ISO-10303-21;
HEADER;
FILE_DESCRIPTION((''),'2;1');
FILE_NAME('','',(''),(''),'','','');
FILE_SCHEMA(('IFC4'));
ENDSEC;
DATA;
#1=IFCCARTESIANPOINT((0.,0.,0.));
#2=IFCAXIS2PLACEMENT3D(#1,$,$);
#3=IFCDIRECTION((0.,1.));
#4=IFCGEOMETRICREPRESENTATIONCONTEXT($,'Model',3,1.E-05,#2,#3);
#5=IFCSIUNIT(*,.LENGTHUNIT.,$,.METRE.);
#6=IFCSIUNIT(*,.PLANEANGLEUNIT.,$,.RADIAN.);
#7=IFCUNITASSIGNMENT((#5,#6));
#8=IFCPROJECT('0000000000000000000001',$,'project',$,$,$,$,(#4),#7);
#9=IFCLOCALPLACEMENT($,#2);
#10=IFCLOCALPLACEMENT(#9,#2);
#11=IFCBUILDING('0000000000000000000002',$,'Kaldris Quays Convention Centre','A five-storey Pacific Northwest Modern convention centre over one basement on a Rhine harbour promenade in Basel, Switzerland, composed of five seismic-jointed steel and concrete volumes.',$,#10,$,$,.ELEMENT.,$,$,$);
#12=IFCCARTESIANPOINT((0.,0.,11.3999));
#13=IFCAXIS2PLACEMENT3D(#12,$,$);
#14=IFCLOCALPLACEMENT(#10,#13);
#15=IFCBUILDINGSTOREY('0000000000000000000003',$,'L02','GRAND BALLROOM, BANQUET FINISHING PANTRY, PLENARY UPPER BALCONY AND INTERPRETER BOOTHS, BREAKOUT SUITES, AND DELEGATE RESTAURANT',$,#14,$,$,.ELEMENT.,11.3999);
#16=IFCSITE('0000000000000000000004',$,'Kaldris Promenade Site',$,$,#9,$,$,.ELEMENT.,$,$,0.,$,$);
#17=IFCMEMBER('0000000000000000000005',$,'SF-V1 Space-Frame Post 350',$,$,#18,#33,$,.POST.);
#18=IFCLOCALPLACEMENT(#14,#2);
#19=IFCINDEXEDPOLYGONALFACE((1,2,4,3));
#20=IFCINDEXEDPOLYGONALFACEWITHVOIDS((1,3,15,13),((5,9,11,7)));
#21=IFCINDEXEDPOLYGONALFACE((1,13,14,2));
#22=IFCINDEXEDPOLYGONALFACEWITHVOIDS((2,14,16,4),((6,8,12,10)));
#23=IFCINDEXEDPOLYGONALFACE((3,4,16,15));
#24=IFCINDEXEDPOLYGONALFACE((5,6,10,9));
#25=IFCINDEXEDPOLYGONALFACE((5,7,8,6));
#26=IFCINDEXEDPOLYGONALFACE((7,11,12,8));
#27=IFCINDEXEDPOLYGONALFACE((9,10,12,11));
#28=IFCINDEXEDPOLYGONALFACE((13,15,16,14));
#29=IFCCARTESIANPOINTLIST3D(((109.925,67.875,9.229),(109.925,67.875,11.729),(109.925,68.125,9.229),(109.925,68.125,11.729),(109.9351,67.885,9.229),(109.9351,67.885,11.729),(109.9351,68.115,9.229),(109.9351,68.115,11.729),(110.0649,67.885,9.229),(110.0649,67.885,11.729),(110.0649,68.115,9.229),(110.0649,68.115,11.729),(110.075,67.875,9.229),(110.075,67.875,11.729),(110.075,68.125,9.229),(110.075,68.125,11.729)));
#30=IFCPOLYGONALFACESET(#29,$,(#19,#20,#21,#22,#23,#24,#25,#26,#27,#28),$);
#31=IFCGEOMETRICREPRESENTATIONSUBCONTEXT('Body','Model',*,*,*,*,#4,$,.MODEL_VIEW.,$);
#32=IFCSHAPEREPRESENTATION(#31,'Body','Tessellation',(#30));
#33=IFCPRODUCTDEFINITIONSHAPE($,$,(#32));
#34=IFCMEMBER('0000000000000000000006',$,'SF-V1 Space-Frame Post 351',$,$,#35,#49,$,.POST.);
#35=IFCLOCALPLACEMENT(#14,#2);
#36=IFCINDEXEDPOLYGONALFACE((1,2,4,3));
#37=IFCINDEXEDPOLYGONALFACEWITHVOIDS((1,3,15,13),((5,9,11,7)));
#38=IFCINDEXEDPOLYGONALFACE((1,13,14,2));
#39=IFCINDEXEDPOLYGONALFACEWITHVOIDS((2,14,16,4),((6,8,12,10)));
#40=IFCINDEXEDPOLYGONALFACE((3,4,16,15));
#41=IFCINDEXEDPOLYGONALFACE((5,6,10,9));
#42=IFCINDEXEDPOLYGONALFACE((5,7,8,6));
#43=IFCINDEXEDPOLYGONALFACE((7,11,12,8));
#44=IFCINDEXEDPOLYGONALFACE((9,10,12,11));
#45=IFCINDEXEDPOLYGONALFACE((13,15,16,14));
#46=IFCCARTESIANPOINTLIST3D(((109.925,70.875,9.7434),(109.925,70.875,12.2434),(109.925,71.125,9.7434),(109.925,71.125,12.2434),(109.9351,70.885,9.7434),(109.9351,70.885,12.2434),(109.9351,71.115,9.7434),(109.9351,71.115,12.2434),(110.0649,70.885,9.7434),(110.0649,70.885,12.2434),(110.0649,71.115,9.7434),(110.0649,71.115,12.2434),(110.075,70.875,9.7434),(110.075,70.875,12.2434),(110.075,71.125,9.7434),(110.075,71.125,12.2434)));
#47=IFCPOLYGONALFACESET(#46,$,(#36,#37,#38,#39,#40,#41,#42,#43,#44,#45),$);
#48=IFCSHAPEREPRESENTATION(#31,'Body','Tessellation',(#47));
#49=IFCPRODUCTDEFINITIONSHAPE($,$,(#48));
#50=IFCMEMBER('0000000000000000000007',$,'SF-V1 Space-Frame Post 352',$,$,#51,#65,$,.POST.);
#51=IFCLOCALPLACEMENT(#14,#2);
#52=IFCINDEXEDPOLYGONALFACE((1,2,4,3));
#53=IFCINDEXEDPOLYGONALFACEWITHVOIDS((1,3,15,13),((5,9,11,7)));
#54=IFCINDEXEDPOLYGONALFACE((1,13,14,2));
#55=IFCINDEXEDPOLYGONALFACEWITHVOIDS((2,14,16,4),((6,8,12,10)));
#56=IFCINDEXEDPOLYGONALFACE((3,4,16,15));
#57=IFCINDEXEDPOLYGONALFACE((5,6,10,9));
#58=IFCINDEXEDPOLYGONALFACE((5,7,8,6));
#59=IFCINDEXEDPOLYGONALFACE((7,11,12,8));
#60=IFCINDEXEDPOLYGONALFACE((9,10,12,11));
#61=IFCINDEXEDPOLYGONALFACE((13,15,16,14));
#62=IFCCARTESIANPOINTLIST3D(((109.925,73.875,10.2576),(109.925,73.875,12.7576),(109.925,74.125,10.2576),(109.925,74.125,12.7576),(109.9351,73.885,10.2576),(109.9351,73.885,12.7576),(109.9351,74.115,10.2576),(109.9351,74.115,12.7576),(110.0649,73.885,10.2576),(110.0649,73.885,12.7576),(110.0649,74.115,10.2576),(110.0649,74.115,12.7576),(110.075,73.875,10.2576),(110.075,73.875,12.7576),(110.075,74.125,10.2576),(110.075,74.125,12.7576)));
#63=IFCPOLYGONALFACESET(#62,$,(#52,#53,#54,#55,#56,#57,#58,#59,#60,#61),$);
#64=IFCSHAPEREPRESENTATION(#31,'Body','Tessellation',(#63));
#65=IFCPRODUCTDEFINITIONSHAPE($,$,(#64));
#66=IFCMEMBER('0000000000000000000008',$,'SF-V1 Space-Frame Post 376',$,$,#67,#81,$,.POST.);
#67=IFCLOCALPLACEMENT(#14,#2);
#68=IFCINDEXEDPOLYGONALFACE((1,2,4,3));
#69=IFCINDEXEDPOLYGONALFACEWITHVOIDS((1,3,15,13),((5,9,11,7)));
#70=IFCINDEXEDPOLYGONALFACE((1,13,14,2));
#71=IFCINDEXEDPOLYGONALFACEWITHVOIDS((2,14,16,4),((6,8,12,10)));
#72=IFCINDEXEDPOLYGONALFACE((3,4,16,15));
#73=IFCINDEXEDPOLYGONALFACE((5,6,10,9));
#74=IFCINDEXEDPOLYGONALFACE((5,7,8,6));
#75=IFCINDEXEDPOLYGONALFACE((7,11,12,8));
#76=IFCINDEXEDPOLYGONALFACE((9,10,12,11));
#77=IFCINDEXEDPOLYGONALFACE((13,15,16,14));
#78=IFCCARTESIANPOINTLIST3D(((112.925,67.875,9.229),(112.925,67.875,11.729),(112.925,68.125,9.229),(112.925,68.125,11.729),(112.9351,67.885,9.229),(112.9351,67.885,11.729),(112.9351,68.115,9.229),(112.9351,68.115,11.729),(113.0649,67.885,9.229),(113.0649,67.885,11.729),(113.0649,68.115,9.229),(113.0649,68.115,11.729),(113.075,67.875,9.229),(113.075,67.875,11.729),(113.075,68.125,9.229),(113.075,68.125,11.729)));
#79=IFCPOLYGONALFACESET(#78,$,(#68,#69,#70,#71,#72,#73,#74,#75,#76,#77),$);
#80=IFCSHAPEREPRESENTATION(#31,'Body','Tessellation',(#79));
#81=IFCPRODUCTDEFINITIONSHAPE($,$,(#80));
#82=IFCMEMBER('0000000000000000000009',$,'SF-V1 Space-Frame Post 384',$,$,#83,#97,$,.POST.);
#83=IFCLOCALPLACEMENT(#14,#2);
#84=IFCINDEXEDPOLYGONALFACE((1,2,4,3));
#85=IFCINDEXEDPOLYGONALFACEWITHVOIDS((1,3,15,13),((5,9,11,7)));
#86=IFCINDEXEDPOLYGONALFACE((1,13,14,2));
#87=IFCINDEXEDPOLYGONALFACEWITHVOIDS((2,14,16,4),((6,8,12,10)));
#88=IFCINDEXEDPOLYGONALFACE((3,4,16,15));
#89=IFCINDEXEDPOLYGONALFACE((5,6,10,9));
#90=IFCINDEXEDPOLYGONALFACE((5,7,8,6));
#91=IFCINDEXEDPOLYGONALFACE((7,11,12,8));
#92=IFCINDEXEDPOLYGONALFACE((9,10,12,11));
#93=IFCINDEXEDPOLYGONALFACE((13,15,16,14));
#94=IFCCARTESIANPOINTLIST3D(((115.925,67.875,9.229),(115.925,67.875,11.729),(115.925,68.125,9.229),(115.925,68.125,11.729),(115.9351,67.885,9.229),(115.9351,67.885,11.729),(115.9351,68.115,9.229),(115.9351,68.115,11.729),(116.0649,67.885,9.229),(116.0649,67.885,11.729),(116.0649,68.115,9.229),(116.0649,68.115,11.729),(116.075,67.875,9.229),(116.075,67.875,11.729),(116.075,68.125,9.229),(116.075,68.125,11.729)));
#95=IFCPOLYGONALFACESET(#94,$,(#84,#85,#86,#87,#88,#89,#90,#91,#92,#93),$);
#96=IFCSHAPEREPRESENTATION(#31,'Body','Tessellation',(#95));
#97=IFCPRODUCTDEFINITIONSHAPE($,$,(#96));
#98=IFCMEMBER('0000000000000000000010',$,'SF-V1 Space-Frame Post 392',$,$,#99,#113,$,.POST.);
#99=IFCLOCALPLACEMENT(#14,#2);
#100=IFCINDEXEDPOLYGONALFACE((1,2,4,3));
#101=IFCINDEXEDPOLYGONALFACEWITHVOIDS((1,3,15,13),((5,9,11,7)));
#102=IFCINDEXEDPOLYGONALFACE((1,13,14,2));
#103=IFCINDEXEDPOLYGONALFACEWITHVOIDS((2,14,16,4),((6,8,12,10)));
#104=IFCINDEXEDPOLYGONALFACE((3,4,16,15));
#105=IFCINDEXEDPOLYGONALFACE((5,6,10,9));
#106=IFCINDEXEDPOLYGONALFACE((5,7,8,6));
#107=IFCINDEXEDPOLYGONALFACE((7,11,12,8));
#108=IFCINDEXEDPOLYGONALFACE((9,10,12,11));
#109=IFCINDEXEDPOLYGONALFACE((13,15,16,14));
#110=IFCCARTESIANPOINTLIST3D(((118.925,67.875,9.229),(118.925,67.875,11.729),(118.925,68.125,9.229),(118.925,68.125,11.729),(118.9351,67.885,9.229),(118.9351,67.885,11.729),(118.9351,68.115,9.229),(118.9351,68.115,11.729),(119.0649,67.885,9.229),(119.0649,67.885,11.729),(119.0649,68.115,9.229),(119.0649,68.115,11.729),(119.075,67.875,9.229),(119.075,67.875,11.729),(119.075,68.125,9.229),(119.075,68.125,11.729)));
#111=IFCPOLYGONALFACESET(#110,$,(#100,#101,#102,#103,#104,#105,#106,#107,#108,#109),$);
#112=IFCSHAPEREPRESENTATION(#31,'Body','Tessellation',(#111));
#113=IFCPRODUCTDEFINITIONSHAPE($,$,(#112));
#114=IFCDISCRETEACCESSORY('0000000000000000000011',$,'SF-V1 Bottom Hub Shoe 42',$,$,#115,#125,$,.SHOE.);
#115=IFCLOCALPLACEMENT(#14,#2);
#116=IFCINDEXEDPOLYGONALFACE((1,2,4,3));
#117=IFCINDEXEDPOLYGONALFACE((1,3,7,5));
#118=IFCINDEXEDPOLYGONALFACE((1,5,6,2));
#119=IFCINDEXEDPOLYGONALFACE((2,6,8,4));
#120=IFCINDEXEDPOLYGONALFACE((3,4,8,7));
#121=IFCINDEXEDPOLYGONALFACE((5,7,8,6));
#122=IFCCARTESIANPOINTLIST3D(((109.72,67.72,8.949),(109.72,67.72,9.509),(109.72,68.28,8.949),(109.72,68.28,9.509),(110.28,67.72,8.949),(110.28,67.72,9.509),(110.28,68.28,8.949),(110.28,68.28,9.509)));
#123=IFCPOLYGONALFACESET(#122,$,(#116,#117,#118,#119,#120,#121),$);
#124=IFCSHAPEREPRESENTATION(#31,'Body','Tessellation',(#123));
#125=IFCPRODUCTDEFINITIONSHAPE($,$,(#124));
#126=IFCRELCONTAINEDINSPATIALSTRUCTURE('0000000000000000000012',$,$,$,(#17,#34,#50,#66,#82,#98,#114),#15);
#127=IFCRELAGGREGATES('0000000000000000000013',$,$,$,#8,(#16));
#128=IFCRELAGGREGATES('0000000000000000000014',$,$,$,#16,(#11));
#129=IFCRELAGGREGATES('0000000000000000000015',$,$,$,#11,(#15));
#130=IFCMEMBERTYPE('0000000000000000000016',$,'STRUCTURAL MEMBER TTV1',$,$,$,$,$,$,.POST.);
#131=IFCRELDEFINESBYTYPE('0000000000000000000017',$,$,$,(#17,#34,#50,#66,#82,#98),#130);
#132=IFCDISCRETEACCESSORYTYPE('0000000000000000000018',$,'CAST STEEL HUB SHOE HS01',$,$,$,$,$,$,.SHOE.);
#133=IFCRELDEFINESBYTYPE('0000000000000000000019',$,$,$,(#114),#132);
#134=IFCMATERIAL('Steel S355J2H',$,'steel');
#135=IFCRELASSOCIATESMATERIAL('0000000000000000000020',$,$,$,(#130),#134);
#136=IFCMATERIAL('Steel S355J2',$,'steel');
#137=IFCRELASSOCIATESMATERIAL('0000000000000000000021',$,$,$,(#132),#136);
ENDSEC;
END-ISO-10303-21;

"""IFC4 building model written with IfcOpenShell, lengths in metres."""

from ifc_helpers import new_model, si_unit, direction, frame, origin, origin_2d, place, context, subcontext, project, spatial, rectangle, hollow_rectangle, extrude, material, material_profile, profile_set, type_object, element, save


model = new_model("IFC4")

# Units and contexts
model_context = context("Model", 3, precision=1e-05, world=origin(), true_north=direction((0.0, 1.0)))
body_context = subcontext(model_context, "Body", "Model", "MODEL_VIEW")
ifc_project = project(units=[si_unit("LENGTHUNIT", "METRE"), si_unit("PLANEANGLEUNIT", "RADIAN")], contexts=[model_context])

# Site, building, storey
site_placement = place(None, origin())
site = spatial("IfcSite", under=ifc_project, at=site_placement, Name="Kaldris Promenade Site", CompositionType="ELEMENT", RefElevation=0.0)
building_placement = place(site_placement, origin())
building = spatial("IfcBuilding", under=site, at=building_placement, Name="Kaldris Quays Convention Centre", Description="A five-storey Pacific Northwest Modern convention centre over one basement on a Rhine harbour promenade in Basel, Switzerland, composed of five seismic-jointed steel and concrete volumes.", CompositionType="ELEMENT")
storey_placement = place(building_placement, frame((0.0, 0.0, 11.3999)))
storey = spatial("IfcBuildingStorey", under=building, at=storey_placement, Name="L02", Description="GRAND BALLROOM, BANQUET FINISHING PANTRY, PLENARY UPPER BALCONY AND INTERPRETER BOOTHS, BREAKOUT SUITES, AND DELEGATE RESTAURANT", CompositionType="ELEMENT", Elevation=11.3999)

# Members
ifc_material_1 = material(Name="Steel S355J2H", Category="steel")
ifc_material_profile_1 = material_profile(ifc_material_1, hollow_rectangle(XDim=0.1499, YDim=0.25, WallThickness=0.01, at=origin_2d()), Name="RHS 250x150x10")
ifc_profile_set_1 = profile_set([ifc_material_profile_1], Name="Steel S355J2H")
member_type_1 = type_object("IfcMemberType", Name="STRUCTURAL MEMBER TTV1", PredefinedType="POST", material=ifc_profile_set_1)
for number, where, z_axis, x_axis, name in (
    (1, (110.0, 68.0, 9.229), (0.0, 0.0, 1.0), (1.0, 0.0, 0.0), "SF-V1 Space-Frame Post 350"),
    (2, (110.0, 71.0, 9.7434), (0.0, 0.0, 1.0), (1.0, 0.0, 0.0), "SF-V1 Space-Frame Post 351"),
    (3, (110.0, 74.0, 10.2576), (0.0, 0.0, 1.0), (1.0, 0.0, 0.0), "SF-V1 Space-Frame Post 352"),
    (4, (113.0, 68.0, 9.229), (0.0, 0.0, 1.0), (1.0, 0.0, 0.0), "SF-V1 Space-Frame Post 376"),
    (5, (116.0, 68.0, 9.229), (0.0, 0.0, 1.0), (1.0, 0.0, 0.0), "SF-V1 Space-Frame Post 384"),
    (6, (119.0, 68.0, 9.229), (0.0, 0.0, 1.0), (1.0, 0.0, 0.0), "SF-V1 Space-Frame Post 392"),
):
    element("IfcMember", number, at=place(storey_placement, frame(where, z_axis=z_axis, x_axis=x_axis)), inside=storey, type_object=member_type_1, Name=name, PredefinedType="POST", context=body_context, shape_type="SweptSolid", body=[
        extrude(hollow_rectangle(XDim=0.1499, YDim=0.25, WallThickness=0.01, at=origin_2d()), origin(), (0.0, 0.0, 1.0), 2.5),
    ])

# Discrete accessory
ifc_material_2 = material(Name="Steel S355J2", Category="steel")
discrete_accessory_type = type_object("IfcDiscreteAccessoryType", Name="CAST STEEL HUB SHOE HS01", PredefinedType="SHOE", material=ifc_material_2)
discrete_accessory_placement = place(storey_placement, frame((110.0, 68.0, 8.949), z_axis=(0.0, 0.0, 1.0), x_axis=(1.0, 0.0, 0.0)))
element("IfcDiscreteAccessory", 7, at=discrete_accessory_placement, inside=storey, type_object=discrete_accessory_type, Name="SF-V1 Bottom Hub Shoe 42", PredefinedType="SHOE", context=body_context, shape_type="SweptSolid", body=[
    extrude(rectangle(XDim=0.5601, YDim=0.5601, at=origin_2d()), origin(), (0.0, 0.0, 1.0), 0.5601),
])

save(model, "model.ifc")
